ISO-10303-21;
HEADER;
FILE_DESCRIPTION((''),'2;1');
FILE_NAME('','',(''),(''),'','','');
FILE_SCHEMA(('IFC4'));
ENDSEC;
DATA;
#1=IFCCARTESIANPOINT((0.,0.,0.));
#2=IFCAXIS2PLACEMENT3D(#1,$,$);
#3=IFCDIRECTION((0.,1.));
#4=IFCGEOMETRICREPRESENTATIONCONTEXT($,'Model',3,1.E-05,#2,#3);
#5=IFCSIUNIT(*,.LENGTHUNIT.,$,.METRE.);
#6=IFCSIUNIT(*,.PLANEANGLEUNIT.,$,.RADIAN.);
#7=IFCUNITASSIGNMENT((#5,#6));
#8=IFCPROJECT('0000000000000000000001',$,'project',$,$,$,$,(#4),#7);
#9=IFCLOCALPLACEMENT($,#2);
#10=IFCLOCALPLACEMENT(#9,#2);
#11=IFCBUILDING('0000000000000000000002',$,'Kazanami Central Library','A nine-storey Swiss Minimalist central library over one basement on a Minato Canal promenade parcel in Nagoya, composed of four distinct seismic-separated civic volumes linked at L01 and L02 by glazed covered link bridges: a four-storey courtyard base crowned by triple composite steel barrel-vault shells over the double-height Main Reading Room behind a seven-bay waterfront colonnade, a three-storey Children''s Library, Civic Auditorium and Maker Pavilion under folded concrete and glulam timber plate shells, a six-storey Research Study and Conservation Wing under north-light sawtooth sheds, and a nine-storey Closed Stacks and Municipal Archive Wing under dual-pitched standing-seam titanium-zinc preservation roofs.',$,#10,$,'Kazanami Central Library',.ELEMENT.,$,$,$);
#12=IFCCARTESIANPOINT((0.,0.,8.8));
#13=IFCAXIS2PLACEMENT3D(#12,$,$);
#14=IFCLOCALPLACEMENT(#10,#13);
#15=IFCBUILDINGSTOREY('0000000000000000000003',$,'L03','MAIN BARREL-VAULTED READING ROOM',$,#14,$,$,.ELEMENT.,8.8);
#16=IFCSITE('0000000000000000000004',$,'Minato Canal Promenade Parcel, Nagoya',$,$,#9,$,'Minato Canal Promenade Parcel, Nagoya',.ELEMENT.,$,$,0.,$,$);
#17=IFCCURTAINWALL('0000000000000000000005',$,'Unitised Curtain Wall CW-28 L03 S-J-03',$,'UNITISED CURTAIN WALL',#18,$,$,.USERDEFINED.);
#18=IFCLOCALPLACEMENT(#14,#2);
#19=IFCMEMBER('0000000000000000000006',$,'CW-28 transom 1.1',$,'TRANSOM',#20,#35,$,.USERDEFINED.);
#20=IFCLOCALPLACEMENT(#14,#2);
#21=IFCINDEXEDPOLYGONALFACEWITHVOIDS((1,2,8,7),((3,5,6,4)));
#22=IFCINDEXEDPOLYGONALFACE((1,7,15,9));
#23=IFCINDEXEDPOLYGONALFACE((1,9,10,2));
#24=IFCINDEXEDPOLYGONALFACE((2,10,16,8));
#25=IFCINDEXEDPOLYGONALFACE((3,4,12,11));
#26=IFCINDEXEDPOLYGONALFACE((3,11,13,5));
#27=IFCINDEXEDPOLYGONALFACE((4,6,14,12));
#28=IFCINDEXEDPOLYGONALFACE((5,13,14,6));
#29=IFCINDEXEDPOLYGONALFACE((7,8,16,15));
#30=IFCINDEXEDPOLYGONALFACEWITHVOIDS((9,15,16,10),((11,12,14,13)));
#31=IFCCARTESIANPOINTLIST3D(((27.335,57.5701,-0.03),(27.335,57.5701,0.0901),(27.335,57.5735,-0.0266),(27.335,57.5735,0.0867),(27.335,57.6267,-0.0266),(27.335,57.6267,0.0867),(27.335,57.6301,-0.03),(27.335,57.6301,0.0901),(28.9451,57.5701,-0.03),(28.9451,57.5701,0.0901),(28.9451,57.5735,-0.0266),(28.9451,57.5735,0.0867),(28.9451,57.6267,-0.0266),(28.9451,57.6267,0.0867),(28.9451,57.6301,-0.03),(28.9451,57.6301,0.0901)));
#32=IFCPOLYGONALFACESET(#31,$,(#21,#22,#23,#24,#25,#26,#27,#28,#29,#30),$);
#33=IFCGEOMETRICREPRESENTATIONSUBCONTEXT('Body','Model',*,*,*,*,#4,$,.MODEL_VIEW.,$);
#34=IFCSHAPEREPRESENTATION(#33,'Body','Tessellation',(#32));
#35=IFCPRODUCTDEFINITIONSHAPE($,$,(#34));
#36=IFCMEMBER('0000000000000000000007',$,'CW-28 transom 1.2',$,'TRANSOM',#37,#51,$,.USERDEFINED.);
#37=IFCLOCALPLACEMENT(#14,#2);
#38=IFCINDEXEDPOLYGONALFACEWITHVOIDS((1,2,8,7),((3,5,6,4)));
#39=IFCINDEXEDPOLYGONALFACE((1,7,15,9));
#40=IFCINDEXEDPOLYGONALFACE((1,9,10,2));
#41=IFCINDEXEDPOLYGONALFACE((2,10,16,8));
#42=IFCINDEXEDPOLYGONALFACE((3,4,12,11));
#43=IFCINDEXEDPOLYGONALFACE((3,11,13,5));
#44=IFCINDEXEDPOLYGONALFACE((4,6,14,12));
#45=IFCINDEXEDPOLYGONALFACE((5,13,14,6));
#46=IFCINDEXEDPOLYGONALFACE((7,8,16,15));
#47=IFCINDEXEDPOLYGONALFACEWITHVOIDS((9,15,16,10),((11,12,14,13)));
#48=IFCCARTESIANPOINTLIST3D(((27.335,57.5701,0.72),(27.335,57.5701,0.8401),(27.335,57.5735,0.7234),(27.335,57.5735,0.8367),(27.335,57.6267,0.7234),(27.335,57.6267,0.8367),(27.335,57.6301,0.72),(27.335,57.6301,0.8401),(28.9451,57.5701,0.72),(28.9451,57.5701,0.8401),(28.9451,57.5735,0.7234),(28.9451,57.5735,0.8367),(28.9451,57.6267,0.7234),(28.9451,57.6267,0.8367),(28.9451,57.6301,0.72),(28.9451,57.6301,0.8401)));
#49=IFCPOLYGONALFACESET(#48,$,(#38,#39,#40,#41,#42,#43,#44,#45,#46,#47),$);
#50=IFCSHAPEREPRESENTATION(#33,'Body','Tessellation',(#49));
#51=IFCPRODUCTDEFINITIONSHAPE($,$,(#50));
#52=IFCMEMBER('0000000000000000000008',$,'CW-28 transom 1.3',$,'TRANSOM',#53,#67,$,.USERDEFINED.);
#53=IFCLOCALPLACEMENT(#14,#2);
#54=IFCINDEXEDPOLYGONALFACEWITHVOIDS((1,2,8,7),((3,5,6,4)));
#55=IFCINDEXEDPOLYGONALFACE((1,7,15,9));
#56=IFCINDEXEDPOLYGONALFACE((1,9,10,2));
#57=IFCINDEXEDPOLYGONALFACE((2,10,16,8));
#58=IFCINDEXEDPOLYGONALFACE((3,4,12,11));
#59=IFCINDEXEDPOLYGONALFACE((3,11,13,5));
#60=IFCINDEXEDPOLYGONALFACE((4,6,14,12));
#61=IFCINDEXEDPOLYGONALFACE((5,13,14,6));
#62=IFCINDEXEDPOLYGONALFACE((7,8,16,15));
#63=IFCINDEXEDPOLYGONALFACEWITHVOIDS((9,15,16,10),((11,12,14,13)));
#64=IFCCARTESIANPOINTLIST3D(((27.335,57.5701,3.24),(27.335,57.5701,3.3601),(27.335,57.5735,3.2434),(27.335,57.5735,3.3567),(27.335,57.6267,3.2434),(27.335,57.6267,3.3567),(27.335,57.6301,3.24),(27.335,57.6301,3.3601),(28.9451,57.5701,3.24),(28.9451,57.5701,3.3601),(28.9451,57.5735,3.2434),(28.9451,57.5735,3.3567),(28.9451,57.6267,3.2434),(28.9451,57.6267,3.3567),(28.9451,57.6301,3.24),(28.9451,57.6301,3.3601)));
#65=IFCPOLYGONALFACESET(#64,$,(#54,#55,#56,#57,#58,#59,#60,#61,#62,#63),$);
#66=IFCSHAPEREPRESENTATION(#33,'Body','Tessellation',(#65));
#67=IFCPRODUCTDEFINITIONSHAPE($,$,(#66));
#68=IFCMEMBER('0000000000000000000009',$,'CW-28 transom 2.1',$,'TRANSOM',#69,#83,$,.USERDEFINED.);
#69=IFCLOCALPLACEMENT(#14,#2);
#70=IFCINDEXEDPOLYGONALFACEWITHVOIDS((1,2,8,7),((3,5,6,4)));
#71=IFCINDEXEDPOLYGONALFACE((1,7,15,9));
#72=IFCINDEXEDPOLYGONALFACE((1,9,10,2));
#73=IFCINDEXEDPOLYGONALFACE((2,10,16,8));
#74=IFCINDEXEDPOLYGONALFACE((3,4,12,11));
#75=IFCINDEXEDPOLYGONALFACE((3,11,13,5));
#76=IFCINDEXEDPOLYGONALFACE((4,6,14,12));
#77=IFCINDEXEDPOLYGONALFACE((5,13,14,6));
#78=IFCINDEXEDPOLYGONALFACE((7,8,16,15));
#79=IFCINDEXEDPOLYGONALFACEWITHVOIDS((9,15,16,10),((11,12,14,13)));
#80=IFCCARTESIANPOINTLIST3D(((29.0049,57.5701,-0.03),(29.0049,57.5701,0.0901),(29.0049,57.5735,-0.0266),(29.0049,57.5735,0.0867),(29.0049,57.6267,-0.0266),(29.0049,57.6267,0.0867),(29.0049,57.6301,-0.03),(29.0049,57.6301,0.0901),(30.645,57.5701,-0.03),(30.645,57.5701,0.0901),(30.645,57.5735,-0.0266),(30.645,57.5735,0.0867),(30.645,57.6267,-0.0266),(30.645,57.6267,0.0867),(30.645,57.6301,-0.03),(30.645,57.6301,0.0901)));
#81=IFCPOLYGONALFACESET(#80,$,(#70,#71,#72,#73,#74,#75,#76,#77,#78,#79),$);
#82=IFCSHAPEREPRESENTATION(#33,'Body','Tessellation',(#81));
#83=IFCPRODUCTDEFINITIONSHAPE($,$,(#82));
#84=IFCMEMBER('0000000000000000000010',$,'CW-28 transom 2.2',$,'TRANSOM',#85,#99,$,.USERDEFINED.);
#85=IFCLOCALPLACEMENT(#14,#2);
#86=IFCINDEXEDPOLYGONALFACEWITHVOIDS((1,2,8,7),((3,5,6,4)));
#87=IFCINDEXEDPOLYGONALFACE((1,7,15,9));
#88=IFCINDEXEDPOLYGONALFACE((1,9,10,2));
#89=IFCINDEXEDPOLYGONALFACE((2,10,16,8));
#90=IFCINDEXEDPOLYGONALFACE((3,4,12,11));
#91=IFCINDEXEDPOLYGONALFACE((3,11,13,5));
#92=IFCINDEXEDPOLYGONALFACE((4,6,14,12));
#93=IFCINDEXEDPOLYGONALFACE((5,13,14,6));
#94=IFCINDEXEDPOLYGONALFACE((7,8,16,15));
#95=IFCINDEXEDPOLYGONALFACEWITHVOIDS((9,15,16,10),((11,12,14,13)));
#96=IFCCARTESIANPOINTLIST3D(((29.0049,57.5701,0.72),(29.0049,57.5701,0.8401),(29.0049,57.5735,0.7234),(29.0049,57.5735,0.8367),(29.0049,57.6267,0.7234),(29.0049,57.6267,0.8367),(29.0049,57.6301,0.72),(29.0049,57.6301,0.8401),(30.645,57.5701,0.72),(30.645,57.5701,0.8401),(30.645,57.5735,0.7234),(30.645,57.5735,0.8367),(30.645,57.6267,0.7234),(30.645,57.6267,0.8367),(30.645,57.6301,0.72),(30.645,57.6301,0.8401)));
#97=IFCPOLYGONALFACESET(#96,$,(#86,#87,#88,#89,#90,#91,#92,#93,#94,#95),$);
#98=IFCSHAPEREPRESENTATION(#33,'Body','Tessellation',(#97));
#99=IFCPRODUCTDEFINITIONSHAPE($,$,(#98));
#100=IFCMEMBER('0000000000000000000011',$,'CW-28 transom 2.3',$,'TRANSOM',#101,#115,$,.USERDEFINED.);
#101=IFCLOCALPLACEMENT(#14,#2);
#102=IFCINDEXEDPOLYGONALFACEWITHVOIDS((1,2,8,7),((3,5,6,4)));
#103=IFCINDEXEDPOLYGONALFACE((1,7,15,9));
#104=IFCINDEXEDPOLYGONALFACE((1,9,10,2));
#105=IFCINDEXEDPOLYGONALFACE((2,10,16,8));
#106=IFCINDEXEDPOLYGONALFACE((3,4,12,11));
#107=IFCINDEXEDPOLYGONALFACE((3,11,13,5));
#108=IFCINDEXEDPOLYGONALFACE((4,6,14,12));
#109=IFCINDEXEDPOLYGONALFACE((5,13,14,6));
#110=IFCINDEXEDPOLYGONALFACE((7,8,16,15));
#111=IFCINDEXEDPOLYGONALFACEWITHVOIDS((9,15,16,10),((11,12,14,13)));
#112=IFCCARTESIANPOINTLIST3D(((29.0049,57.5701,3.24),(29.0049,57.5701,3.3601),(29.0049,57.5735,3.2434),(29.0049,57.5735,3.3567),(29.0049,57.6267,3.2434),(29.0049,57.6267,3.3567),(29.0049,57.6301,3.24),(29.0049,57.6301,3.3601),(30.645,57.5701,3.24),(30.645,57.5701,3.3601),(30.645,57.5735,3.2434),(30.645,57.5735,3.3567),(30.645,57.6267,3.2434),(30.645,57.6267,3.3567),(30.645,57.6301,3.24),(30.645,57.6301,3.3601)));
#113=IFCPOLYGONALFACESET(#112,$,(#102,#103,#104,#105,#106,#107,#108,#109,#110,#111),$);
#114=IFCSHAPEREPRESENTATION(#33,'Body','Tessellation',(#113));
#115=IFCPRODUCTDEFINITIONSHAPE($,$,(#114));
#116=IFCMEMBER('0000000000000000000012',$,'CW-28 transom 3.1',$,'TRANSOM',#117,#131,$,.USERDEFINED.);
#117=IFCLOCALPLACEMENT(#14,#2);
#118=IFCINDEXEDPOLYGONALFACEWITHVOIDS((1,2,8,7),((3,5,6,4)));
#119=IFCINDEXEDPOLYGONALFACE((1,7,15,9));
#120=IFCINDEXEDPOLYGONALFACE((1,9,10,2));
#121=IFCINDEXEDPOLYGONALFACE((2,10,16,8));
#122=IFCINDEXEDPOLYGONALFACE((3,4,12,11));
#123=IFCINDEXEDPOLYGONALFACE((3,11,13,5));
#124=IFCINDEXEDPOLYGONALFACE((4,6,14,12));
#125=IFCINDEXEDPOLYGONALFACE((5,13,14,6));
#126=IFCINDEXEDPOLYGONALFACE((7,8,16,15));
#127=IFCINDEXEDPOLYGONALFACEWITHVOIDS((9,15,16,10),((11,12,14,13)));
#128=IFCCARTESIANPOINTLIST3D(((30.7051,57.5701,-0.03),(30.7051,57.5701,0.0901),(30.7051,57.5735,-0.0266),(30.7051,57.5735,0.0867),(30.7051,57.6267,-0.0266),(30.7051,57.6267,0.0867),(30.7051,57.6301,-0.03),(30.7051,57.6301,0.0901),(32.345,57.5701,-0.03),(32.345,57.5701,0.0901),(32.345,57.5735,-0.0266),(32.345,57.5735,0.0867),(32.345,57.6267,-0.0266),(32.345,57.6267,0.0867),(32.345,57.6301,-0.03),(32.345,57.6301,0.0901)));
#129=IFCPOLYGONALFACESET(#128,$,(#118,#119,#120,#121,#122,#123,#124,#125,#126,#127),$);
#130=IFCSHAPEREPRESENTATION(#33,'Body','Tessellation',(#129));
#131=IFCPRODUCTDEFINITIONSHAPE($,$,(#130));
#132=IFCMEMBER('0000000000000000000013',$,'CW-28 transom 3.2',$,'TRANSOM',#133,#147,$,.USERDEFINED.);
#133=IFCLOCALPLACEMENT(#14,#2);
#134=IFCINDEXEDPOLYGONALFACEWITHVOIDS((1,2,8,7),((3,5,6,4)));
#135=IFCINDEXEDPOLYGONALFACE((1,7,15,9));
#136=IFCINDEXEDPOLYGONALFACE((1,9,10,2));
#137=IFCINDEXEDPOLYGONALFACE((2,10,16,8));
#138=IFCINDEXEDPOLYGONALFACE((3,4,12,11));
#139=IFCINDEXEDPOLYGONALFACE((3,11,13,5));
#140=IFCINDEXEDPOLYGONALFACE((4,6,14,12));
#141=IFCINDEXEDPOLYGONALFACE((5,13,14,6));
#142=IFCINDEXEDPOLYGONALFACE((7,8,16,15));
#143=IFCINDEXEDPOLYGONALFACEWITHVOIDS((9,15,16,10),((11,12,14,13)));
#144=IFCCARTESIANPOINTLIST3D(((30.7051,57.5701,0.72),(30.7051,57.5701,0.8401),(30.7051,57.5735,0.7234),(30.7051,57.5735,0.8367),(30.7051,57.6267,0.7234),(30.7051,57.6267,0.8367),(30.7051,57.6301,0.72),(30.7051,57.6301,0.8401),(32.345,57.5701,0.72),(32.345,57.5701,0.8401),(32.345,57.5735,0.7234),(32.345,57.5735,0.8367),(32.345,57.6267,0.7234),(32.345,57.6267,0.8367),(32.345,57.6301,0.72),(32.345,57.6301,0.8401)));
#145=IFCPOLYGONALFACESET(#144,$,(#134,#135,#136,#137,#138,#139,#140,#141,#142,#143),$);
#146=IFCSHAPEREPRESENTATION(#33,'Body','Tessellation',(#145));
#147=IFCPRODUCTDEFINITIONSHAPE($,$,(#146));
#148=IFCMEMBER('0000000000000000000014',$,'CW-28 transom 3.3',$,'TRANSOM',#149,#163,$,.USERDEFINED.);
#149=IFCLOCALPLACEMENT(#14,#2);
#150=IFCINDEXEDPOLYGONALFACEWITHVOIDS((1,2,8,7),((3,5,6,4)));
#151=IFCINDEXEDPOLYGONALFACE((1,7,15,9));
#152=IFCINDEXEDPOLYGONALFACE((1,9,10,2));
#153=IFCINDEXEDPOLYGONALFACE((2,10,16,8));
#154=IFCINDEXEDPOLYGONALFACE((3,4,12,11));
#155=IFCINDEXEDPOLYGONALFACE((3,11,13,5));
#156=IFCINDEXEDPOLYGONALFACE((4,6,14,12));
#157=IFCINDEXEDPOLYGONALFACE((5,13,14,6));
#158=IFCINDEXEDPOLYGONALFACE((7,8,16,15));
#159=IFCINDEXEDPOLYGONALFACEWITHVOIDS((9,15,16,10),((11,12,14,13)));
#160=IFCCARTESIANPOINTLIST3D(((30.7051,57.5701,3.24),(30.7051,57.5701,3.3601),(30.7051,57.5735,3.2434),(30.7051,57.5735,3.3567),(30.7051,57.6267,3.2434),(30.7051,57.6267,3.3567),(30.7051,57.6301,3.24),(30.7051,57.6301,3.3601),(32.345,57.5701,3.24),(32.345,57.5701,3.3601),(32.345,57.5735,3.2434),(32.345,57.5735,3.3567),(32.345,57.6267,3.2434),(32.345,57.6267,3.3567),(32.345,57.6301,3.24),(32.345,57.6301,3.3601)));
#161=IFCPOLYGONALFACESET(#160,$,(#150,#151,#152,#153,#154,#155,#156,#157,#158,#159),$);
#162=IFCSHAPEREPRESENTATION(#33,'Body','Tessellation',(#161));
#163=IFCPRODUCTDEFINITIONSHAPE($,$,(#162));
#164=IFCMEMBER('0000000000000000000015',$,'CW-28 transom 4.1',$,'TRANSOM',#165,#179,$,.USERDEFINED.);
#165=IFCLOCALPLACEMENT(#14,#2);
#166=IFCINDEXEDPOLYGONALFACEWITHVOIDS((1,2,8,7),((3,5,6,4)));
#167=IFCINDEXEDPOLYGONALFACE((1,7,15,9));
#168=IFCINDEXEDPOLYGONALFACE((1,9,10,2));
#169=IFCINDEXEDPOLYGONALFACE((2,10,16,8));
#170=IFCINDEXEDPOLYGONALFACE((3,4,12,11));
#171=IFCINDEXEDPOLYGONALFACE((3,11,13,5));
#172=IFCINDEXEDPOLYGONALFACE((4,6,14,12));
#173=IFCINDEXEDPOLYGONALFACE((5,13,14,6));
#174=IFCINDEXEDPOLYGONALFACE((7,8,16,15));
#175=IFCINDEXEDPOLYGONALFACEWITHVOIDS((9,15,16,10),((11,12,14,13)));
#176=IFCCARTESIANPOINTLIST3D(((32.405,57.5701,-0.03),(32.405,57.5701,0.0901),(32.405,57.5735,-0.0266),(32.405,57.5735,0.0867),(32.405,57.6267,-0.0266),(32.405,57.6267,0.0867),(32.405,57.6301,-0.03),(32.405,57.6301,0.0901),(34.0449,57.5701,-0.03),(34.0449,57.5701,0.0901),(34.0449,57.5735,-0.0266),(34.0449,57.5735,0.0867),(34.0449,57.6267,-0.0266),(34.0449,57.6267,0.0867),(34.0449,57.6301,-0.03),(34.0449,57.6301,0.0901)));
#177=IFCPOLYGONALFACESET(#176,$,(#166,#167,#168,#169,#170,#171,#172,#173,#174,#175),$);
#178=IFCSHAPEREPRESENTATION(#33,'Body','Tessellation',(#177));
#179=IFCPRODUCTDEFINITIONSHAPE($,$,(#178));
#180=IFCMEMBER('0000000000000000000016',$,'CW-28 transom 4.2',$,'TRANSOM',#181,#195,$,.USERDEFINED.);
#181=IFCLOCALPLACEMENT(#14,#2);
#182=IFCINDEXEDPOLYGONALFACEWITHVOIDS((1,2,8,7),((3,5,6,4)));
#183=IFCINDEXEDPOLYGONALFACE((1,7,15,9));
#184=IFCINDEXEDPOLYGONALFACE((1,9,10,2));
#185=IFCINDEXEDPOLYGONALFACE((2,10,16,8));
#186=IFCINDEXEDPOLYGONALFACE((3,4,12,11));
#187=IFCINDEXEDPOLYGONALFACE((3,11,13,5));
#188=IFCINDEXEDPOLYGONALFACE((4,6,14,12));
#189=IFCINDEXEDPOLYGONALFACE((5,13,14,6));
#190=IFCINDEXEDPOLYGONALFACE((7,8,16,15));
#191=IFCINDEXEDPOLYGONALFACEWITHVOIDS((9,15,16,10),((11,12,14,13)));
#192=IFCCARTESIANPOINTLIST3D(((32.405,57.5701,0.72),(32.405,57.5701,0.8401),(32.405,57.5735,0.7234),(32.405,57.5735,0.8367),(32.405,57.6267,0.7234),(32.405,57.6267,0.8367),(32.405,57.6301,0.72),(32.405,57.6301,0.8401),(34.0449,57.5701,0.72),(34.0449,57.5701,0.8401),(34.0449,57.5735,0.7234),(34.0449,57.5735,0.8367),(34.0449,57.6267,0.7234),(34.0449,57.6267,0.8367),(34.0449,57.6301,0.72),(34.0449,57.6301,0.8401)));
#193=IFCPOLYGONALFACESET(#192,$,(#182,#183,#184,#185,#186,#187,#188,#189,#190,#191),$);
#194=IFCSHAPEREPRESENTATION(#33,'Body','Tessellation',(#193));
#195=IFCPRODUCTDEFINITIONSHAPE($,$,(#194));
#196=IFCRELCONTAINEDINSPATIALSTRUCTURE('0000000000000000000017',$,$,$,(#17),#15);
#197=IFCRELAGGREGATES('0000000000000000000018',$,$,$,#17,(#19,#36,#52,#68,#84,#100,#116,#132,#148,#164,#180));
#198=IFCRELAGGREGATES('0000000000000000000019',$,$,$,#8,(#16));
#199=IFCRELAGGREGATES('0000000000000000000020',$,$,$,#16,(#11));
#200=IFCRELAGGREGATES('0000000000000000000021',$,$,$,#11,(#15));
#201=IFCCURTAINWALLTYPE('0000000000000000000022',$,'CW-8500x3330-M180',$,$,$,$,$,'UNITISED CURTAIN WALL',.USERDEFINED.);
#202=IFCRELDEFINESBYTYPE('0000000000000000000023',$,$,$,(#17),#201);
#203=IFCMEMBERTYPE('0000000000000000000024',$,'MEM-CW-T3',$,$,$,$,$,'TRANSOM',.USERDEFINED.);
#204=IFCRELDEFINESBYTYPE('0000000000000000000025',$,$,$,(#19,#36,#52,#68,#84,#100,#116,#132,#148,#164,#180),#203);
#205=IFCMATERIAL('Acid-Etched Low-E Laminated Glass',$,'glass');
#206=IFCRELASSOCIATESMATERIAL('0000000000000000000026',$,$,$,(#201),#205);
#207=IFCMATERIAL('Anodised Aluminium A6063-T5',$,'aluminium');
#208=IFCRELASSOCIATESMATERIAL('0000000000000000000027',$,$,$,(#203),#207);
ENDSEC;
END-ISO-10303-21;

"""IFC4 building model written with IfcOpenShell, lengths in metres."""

from ifc_helpers import new_model, si_unit, direction, frame, origin, origin_2d, place, context, subcontext, project, spatial, hollow_rectangle, extrude, material, material_profile, profile_set, type_object, element, aggregate, save


model = new_model("IFC4")

# Units and contexts
model_context = context("Model", 3, precision=1e-05, world=origin(), true_north=direction((0.0, 1.0)))
body_context = subcontext(model_context, "Body", "Model", "MODEL_VIEW")
ifc_project = project(units=[si_unit("LENGTHUNIT", "METRE"), si_unit("PLANEANGLEUNIT", "RADIAN")], contexts=[model_context])

# Site, building, storey
site_placement = place(None, origin())
site = spatial("IfcSite", under=ifc_project, at=site_placement, Name="Minato Canal Promenade Parcel, Nagoya", LongName="Minato Canal Promenade Parcel, Nagoya", CompositionType="ELEMENT", RefElevation=0.0)
building_placement = place(site_placement, origin())
building = spatial("IfcBuilding", under=site, at=building_placement, Name="Kazanami Central Library", Description="A nine-storey Swiss Minimalist central library over one basement on a Minato Canal promenade parcel in Nagoya, composed of four distinct seismic-separated civic volumes linked at L01 and L02 by glazed covered link bridges: a four-storey courtyard base crowned by triple composite steel barrel-vault shells over the double-height Main Reading Room behind a seven-bay waterfront colonnade, a three-storey Children's Library, Civic Auditorium and Maker Pavilion under folded concrete and glulam timber plate shells, a six-storey Research Study and Conservation Wing under north-light sawtooth sheds, and a nine-storey Closed Stacks and Municipal Archive Wing under dual-pitched standing-seam titanium-zinc preservation roofs.", LongName="Kazanami Central Library", CompositionType="ELEMENT")
storey_placement = place(building_placement, frame((0.0, 0.0, 8.8)))
storey = spatial("IfcBuildingStorey", under=building, at=storey_placement, Name="L03", Description="MAIN BARREL-VAULTED READING ROOM", CompositionType="ELEMENT", Elevation=8.8)

# Curtain wall, members
ifc_material_1 = material(Name="Acid-Etched Low-E Laminated Glass", Category="glass")
curtain_wall_type = type_object("IfcCurtainWallType", Name="CW-8500x3330-M180", ElementType="UNITISED CURTAIN WALL", PredefinedType="USERDEFINED", material=ifc_material_1)
curtain_wall_placement = place(storey_placement, origin())
curtain_wall = element("IfcCurtainWall", 1, at=curtain_wall_placement, inside=storey, type_object=curtain_wall_type, Name="Unitised Curtain Wall CW-28 L03 S-J-03", ObjectType="UNITISED CURTAIN WALL", PredefinedType="USERDEFINED")
ifc_material_2 = material(Name="Anodised Aluminium A6063-T5", Category="aluminium")
ifc_material_profile_1 = material_profile(ifc_material_2, hollow_rectangle(XDim=0.0601, YDim=0.1201, WallThickness=0.0034, at=origin_2d()), Name="ALU-TRAN-60x120x3.5")
ifc_profile_set_1 = profile_set([ifc_material_profile_1], Name="Anodised Aluminium A6063-T5")
member_type_1 = type_object("IfcMemberType", Name="MEM-CW-T3", ElementType="TRANSOM", PredefinedType="USERDEFINED", material=ifc_profile_set_1)
member_1_placement = place(storey_placement, frame((27.335, 57.6001, 0.03), z_axis=(1.0, 0.0, 0.0), x_axis=(0.0, 1.0, 0.0)))
member_1 = element("IfcMember", 2, at=member_1_placement, type_object=member_type_1, Name="CW-28 transom 1.1", ObjectType="TRANSOM", PredefinedType="USERDEFINED", context=body_context, shape_type="SweptSolid", body=[
    extrude(hollow_rectangle(XDim=0.0601, YDim=0.1201, WallThickness=0.0034, at=origin_2d()), origin(), (0.0, 0.0, 1.0), 1.6101),
])
member_2_placement = place(storey_placement, frame((27.335, 57.6001, 0.78), z_axis=(1.0, 0.0, 0.0), x_axis=(0.0, 1.0, 0.0)))
member_2 = element("IfcMember", 3, at=member_2_placement, type_object=member_type_1, Name="CW-28 transom 1.2", ObjectType="TRANSOM", PredefinedType="USERDEFINED", context=body_context, shape_type="SweptSolid", body=[
    extrude(hollow_rectangle(XDim=0.0601, YDim=0.1201, WallThickness=0.0034, at=origin_2d()), origin(), (0.0, 0.0, 1.0), 1.6101),
])
member_3_placement = place(storey_placement, frame((27.335, 57.6001, 3.3), z_axis=(1.0, 0.0, 0.0), x_axis=(0.0, 1.0, 0.0)))
member_3 = element("IfcMember", 4, at=member_3_placement, type_object=member_type_1, Name="CW-28 transom 1.3", ObjectType="TRANSOM", PredefinedType="USERDEFINED", context=body_context, shape_type="SweptSolid", body=[
    extrude(hollow_rectangle(XDim=0.0601, YDim=0.1201, WallThickness=0.0034, at=origin_2d()), origin(), (0.0, 0.0, 1.0), 1.6101),
])
member_4_placement = place(storey_placement, frame((29.0049, 57.6001, 0.03), z_axis=(1.0, 0.0, 0.0), x_axis=(0.0, 1.0, 0.0)))
member_4 = element("IfcMember", 5, at=member_4_placement, type_object=member_type_1, Name="CW-28 transom 2.1", ObjectType="TRANSOM", PredefinedType="USERDEFINED", context=body_context, shape_type="SweptSolid", body=[
    extrude(hollow_rectangle(XDim=0.0601, YDim=0.1201, WallThickness=0.0034, at=origin_2d()), origin(), (0.0, 0.0, 1.0), 1.6401),
])
member_5_placement = place(storey_placement, frame((29.0049, 57.6001, 0.78), z_axis=(1.0, 0.0, 0.0), x_axis=(0.0, 1.0, 0.0)))
member_5 = element("IfcMember", 6, at=member_5_placement, type_object=member_type_1, Name="CW-28 transom 2.2", ObjectType="TRANSOM", PredefinedType="USERDEFINED", context=body_context, shape_type="SweptSolid", body=[
    extrude(hollow_rectangle(XDim=0.0601, YDim=0.1201, WallThickness=0.0034, at=origin_2d()), origin(), (0.0, 0.0, 1.0), 1.6401),
])
member_6_placement = place(storey_placement, frame((29.0049, 57.6001, 3.3), z_axis=(1.0, 0.0, 0.0), x_axis=(0.0, 1.0, 0.0)))
member_6 = element("IfcMember", 7, at=member_6_placement, type_object=member_type_1, Name="CW-28 transom 2.3", ObjectType="TRANSOM", PredefinedType="USERDEFINED", context=body_context, shape_type="SweptSolid", body=[
    extrude(hollow_rectangle(XDim=0.0601, YDim=0.1201, WallThickness=0.0034, at=origin_2d()), origin(), (0.0, 0.0, 1.0), 1.6401),
])
member_7_placement = place(storey_placement, frame((30.7051, 57.6001, 0.03), z_axis=(1.0, 0.0, 0.0), x_axis=(0.0, 1.0, 0.0)))
member_7 = element("IfcMember", 8, at=member_7_placement, type_object=member_type_1, Name="CW-28 transom 3.1", ObjectType="TRANSOM", PredefinedType="USERDEFINED", context=body_context, shape_type="SweptSolid", body=[
    extrude(hollow_rectangle(XDim=0.0601, YDim=0.1201, WallThickness=0.0034, at=origin_2d()), origin(), (0.0, 0.0, 1.0), 1.6399),
])
member_8_placement = place(storey_placement, frame((30.7051, 57.6001, 0.78), z_axis=(1.0, 0.0, 0.0), x_axis=(0.0, 1.0, 0.0)))
member_8 = element("IfcMember", 9, at=member_8_placement, type_object=member_type_1, Name="CW-28 transom 3.2", ObjectType="TRANSOM", PredefinedType="USERDEFINED", context=body_context, shape_type="SweptSolid", body=[
    extrude(hollow_rectangle(XDim=0.0601, YDim=0.1201, WallThickness=0.0034, at=origin_2d()), origin(), (0.0, 0.0, 1.0), 1.6399),
])
member_9_placement = place(storey_placement, frame((30.7051, 57.6001, 3.3), z_axis=(1.0, 0.0, 0.0), x_axis=(0.0, 1.0, 0.0)))
member_9 = element("IfcMember", 10, at=member_9_placement, type_object=member_type_1, Name="CW-28 transom 3.3", ObjectType="TRANSOM", PredefinedType="USERDEFINED", context=body_context, shape_type="SweptSolid", body=[
    extrude(hollow_rectangle(XDim=0.0601, YDim=0.1201, WallThickness=0.0034, at=origin_2d()), origin(), (0.0, 0.0, 1.0), 1.6399),
])
member_10_placement = place(storey_placement, frame((32.405, 57.6001, 0.03), z_axis=(1.0, 0.0, 0.0), x_axis=(0.0, 1.0, 0.0)))
member_10 = element("IfcMember", 11, at=member_10_placement, type_object=member_type_1, Name="CW-28 transom 4.1", ObjectType="TRANSOM", PredefinedType="USERDEFINED", context=body_context, shape_type="SweptSolid", body=[
    extrude(hollow_rectangle(XDim=0.0601, YDim=0.1201, WallThickness=0.0034, at=origin_2d()), origin(), (0.0, 0.0, 1.0), 1.6399),
])
member_11_placement = place(storey_placement, frame((32.405, 57.6001, 0.78), z_axis=(1.0, 0.0, 0.0), x_axis=(0.0, 1.0, 0.0)))
member_11 = element("IfcMember", 12, at=member_11_placement, type_object=member_type_1, Name="CW-28 transom 4.2", ObjectType="TRANSOM", PredefinedType="USERDEFINED", context=body_context, shape_type="SweptSolid", body=[
    extrude(hollow_rectangle(XDim=0.0601, YDim=0.1201, WallThickness=0.0034, at=origin_2d()), origin(), (0.0, 0.0, 1.0), 1.6399),
])
aggregate(curtain_wall, [member_1, member_2, member_3, member_4, member_5, member_6, member_7, member_8, member_9, member_10, member_11])

save(model, "model.ifc")
